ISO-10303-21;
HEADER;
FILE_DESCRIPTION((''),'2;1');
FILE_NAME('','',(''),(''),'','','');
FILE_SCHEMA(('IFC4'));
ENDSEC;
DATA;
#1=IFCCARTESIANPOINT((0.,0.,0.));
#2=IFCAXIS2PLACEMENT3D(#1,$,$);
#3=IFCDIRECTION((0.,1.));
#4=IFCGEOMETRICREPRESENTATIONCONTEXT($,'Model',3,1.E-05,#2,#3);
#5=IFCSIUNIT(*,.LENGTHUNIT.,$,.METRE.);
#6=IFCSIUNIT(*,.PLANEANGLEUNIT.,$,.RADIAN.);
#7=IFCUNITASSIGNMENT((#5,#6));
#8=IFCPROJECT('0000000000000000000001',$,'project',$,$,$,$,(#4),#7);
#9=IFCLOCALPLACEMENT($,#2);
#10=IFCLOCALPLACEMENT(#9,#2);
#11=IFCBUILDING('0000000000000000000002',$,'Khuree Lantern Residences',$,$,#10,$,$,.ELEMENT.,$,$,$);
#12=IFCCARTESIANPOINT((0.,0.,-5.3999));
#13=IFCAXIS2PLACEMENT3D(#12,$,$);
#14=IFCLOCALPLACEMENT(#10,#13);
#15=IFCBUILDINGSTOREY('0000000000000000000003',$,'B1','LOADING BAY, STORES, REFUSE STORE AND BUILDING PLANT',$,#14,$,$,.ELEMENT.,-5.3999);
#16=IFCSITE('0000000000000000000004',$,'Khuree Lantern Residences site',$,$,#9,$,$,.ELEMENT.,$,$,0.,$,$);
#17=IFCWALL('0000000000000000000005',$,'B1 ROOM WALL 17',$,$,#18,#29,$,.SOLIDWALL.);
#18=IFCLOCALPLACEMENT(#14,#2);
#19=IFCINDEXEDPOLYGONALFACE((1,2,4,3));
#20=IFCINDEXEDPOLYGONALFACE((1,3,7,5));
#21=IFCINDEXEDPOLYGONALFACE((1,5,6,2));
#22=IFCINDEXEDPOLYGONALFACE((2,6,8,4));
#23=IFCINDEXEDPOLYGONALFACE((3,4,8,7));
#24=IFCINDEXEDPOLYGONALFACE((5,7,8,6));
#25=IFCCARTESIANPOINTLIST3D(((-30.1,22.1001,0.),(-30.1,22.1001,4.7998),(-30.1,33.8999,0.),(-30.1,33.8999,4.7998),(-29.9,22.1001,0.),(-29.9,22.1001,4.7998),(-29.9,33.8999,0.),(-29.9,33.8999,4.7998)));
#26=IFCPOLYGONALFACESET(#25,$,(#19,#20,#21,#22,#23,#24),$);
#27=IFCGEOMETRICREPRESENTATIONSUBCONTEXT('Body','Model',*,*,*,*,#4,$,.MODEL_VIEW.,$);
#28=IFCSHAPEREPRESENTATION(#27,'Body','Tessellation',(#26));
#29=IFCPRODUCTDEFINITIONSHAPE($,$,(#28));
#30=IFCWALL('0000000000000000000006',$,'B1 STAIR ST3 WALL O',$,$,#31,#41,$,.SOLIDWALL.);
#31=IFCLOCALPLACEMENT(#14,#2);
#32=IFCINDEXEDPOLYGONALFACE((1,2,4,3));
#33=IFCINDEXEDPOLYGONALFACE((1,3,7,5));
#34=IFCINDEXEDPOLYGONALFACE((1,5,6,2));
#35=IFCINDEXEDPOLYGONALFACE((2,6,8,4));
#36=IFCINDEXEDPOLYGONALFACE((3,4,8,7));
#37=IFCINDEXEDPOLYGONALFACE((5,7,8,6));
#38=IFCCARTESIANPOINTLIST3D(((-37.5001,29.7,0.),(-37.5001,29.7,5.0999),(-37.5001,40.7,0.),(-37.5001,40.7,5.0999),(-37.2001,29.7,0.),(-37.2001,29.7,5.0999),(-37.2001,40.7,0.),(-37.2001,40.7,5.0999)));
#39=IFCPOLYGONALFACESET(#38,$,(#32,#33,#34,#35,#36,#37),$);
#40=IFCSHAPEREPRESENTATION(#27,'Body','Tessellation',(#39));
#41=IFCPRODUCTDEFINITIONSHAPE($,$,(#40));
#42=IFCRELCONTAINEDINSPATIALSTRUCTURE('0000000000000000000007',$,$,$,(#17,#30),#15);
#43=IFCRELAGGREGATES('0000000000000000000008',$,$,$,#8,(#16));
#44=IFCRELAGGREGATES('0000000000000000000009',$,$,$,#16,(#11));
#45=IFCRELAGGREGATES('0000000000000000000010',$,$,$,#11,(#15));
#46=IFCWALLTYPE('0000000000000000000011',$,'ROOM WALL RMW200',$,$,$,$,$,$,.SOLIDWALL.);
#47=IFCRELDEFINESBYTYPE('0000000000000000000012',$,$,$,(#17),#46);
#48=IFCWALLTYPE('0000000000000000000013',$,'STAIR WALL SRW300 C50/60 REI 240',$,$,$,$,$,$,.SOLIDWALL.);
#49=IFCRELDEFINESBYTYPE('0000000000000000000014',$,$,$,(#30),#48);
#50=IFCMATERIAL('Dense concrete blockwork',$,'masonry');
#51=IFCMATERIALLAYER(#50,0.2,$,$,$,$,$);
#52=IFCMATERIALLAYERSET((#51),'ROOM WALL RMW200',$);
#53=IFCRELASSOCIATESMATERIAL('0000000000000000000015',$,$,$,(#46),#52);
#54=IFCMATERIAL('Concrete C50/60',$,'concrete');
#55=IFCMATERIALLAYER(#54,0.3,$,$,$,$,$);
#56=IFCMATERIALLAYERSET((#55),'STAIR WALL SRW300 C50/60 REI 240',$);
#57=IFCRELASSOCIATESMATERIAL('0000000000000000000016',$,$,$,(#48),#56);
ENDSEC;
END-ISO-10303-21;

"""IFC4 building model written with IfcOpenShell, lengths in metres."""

from ifc_helpers import new_model, si_unit, direction, frame, frame_2d, origin, place, context, subcontext, project, spatial, rectangle, extrude, material, layer, layer_set, type_object, element, save


model = new_model("IFC4")

# Units and contexts
model_context = context("Model", 3, precision=1e-05, world=origin(), true_north=direction((0.0, 1.0)))
body_context = subcontext(model_context, "Body", "Model", "MODEL_VIEW")
ifc_project = project(units=[si_unit("LENGTHUNIT", "METRE"), si_unit("PLANEANGLEUNIT", "RADIAN")], contexts=[model_context])

# Site, building, storey
site_placement = place(None, origin())
site = spatial("IfcSite", under=ifc_project, at=site_placement, Name="Khuree Lantern Residences site", CompositionType="ELEMENT", RefElevation=0.0)
building_placement = place(site_placement, origin())
building = spatial("IfcBuilding", under=site, at=building_placement, Name="Khuree Lantern Residences", CompositionType="ELEMENT")
storey_placement = place(building_placement, frame((0.0, 0.0, -5.3999)))
storey = spatial("IfcBuildingStorey", under=building, at=storey_placement, Name="B1", Description="LOADING BAY, STORES, REFUSE STORE AND BUILDING PLANT", CompositionType="ELEMENT", Elevation=-5.3999)

# Walls
ifc_material_1 = material(Name="Dense concrete blockwork", Category="masonry")
ifc_layer_1 = layer(ifc_material_1, 0.2)
ifc_layer_set_1 = layer_set([ifc_layer_1], Name="ROOM WALL RMW200")
wall_type_1 = type_object("IfcWallType", Name="ROOM WALL RMW200", PredefinedType="SOLIDWALL", material=ifc_layer_set_1)
wall_1_placement = place(storey_placement, frame((-30.0, 22.1001, 0.0), z_axis=(0.0, 0.0, 1.0), x_axis=(0.0, 1.0, 0.0)))
element("IfcWall", 1, at=wall_1_placement, inside=storey, type_object=wall_type_1, Name="B1 ROOM WALL 17", PredefinedType="SOLIDWALL", context=body_context, shape_type="SweptSolid", body=[
    extrude(rectangle(XDim=11.7998, YDim=0.2, at=frame_2d((5.8999, 0.0))), origin(), (0.0, 0.0, 1.0), 4.7998),
])
ifc_material_2 = material(Name="Concrete C50/60", Category="concrete")
ifc_layer_2 = layer(ifc_material_2, 0.3)
ifc_layer_set_2 = layer_set([ifc_layer_2], Name="STAIR WALL SRW300 C50/60 REI 240")
wall_type_2 = type_object("IfcWallType", Name="STAIR WALL SRW300 C50/60 REI 240", PredefinedType="SOLIDWALL", material=ifc_layer_set_2)
wall_2_placement = place(storey_placement, frame((-37.3501, 29.7, 0.0), z_axis=(0.0, 0.0, 1.0), x_axis=(0.0, 1.0, 0.0)))
element("IfcWall", 2, at=wall_2_placement, inside=storey, type_object=wall_type_2, Name="B1 STAIR ST3 WALL O", PredefinedType="SOLIDWALL", context=body_context, shape_type="SweptSolid", body=[
    extrude(rectangle(XDim=11.0, YDim=0.3, at=frame_2d((5.5, 0.0))), origin(), (0.0, 0.0, 1.0), 5.0999),
])

save(model, "model.ifc")
